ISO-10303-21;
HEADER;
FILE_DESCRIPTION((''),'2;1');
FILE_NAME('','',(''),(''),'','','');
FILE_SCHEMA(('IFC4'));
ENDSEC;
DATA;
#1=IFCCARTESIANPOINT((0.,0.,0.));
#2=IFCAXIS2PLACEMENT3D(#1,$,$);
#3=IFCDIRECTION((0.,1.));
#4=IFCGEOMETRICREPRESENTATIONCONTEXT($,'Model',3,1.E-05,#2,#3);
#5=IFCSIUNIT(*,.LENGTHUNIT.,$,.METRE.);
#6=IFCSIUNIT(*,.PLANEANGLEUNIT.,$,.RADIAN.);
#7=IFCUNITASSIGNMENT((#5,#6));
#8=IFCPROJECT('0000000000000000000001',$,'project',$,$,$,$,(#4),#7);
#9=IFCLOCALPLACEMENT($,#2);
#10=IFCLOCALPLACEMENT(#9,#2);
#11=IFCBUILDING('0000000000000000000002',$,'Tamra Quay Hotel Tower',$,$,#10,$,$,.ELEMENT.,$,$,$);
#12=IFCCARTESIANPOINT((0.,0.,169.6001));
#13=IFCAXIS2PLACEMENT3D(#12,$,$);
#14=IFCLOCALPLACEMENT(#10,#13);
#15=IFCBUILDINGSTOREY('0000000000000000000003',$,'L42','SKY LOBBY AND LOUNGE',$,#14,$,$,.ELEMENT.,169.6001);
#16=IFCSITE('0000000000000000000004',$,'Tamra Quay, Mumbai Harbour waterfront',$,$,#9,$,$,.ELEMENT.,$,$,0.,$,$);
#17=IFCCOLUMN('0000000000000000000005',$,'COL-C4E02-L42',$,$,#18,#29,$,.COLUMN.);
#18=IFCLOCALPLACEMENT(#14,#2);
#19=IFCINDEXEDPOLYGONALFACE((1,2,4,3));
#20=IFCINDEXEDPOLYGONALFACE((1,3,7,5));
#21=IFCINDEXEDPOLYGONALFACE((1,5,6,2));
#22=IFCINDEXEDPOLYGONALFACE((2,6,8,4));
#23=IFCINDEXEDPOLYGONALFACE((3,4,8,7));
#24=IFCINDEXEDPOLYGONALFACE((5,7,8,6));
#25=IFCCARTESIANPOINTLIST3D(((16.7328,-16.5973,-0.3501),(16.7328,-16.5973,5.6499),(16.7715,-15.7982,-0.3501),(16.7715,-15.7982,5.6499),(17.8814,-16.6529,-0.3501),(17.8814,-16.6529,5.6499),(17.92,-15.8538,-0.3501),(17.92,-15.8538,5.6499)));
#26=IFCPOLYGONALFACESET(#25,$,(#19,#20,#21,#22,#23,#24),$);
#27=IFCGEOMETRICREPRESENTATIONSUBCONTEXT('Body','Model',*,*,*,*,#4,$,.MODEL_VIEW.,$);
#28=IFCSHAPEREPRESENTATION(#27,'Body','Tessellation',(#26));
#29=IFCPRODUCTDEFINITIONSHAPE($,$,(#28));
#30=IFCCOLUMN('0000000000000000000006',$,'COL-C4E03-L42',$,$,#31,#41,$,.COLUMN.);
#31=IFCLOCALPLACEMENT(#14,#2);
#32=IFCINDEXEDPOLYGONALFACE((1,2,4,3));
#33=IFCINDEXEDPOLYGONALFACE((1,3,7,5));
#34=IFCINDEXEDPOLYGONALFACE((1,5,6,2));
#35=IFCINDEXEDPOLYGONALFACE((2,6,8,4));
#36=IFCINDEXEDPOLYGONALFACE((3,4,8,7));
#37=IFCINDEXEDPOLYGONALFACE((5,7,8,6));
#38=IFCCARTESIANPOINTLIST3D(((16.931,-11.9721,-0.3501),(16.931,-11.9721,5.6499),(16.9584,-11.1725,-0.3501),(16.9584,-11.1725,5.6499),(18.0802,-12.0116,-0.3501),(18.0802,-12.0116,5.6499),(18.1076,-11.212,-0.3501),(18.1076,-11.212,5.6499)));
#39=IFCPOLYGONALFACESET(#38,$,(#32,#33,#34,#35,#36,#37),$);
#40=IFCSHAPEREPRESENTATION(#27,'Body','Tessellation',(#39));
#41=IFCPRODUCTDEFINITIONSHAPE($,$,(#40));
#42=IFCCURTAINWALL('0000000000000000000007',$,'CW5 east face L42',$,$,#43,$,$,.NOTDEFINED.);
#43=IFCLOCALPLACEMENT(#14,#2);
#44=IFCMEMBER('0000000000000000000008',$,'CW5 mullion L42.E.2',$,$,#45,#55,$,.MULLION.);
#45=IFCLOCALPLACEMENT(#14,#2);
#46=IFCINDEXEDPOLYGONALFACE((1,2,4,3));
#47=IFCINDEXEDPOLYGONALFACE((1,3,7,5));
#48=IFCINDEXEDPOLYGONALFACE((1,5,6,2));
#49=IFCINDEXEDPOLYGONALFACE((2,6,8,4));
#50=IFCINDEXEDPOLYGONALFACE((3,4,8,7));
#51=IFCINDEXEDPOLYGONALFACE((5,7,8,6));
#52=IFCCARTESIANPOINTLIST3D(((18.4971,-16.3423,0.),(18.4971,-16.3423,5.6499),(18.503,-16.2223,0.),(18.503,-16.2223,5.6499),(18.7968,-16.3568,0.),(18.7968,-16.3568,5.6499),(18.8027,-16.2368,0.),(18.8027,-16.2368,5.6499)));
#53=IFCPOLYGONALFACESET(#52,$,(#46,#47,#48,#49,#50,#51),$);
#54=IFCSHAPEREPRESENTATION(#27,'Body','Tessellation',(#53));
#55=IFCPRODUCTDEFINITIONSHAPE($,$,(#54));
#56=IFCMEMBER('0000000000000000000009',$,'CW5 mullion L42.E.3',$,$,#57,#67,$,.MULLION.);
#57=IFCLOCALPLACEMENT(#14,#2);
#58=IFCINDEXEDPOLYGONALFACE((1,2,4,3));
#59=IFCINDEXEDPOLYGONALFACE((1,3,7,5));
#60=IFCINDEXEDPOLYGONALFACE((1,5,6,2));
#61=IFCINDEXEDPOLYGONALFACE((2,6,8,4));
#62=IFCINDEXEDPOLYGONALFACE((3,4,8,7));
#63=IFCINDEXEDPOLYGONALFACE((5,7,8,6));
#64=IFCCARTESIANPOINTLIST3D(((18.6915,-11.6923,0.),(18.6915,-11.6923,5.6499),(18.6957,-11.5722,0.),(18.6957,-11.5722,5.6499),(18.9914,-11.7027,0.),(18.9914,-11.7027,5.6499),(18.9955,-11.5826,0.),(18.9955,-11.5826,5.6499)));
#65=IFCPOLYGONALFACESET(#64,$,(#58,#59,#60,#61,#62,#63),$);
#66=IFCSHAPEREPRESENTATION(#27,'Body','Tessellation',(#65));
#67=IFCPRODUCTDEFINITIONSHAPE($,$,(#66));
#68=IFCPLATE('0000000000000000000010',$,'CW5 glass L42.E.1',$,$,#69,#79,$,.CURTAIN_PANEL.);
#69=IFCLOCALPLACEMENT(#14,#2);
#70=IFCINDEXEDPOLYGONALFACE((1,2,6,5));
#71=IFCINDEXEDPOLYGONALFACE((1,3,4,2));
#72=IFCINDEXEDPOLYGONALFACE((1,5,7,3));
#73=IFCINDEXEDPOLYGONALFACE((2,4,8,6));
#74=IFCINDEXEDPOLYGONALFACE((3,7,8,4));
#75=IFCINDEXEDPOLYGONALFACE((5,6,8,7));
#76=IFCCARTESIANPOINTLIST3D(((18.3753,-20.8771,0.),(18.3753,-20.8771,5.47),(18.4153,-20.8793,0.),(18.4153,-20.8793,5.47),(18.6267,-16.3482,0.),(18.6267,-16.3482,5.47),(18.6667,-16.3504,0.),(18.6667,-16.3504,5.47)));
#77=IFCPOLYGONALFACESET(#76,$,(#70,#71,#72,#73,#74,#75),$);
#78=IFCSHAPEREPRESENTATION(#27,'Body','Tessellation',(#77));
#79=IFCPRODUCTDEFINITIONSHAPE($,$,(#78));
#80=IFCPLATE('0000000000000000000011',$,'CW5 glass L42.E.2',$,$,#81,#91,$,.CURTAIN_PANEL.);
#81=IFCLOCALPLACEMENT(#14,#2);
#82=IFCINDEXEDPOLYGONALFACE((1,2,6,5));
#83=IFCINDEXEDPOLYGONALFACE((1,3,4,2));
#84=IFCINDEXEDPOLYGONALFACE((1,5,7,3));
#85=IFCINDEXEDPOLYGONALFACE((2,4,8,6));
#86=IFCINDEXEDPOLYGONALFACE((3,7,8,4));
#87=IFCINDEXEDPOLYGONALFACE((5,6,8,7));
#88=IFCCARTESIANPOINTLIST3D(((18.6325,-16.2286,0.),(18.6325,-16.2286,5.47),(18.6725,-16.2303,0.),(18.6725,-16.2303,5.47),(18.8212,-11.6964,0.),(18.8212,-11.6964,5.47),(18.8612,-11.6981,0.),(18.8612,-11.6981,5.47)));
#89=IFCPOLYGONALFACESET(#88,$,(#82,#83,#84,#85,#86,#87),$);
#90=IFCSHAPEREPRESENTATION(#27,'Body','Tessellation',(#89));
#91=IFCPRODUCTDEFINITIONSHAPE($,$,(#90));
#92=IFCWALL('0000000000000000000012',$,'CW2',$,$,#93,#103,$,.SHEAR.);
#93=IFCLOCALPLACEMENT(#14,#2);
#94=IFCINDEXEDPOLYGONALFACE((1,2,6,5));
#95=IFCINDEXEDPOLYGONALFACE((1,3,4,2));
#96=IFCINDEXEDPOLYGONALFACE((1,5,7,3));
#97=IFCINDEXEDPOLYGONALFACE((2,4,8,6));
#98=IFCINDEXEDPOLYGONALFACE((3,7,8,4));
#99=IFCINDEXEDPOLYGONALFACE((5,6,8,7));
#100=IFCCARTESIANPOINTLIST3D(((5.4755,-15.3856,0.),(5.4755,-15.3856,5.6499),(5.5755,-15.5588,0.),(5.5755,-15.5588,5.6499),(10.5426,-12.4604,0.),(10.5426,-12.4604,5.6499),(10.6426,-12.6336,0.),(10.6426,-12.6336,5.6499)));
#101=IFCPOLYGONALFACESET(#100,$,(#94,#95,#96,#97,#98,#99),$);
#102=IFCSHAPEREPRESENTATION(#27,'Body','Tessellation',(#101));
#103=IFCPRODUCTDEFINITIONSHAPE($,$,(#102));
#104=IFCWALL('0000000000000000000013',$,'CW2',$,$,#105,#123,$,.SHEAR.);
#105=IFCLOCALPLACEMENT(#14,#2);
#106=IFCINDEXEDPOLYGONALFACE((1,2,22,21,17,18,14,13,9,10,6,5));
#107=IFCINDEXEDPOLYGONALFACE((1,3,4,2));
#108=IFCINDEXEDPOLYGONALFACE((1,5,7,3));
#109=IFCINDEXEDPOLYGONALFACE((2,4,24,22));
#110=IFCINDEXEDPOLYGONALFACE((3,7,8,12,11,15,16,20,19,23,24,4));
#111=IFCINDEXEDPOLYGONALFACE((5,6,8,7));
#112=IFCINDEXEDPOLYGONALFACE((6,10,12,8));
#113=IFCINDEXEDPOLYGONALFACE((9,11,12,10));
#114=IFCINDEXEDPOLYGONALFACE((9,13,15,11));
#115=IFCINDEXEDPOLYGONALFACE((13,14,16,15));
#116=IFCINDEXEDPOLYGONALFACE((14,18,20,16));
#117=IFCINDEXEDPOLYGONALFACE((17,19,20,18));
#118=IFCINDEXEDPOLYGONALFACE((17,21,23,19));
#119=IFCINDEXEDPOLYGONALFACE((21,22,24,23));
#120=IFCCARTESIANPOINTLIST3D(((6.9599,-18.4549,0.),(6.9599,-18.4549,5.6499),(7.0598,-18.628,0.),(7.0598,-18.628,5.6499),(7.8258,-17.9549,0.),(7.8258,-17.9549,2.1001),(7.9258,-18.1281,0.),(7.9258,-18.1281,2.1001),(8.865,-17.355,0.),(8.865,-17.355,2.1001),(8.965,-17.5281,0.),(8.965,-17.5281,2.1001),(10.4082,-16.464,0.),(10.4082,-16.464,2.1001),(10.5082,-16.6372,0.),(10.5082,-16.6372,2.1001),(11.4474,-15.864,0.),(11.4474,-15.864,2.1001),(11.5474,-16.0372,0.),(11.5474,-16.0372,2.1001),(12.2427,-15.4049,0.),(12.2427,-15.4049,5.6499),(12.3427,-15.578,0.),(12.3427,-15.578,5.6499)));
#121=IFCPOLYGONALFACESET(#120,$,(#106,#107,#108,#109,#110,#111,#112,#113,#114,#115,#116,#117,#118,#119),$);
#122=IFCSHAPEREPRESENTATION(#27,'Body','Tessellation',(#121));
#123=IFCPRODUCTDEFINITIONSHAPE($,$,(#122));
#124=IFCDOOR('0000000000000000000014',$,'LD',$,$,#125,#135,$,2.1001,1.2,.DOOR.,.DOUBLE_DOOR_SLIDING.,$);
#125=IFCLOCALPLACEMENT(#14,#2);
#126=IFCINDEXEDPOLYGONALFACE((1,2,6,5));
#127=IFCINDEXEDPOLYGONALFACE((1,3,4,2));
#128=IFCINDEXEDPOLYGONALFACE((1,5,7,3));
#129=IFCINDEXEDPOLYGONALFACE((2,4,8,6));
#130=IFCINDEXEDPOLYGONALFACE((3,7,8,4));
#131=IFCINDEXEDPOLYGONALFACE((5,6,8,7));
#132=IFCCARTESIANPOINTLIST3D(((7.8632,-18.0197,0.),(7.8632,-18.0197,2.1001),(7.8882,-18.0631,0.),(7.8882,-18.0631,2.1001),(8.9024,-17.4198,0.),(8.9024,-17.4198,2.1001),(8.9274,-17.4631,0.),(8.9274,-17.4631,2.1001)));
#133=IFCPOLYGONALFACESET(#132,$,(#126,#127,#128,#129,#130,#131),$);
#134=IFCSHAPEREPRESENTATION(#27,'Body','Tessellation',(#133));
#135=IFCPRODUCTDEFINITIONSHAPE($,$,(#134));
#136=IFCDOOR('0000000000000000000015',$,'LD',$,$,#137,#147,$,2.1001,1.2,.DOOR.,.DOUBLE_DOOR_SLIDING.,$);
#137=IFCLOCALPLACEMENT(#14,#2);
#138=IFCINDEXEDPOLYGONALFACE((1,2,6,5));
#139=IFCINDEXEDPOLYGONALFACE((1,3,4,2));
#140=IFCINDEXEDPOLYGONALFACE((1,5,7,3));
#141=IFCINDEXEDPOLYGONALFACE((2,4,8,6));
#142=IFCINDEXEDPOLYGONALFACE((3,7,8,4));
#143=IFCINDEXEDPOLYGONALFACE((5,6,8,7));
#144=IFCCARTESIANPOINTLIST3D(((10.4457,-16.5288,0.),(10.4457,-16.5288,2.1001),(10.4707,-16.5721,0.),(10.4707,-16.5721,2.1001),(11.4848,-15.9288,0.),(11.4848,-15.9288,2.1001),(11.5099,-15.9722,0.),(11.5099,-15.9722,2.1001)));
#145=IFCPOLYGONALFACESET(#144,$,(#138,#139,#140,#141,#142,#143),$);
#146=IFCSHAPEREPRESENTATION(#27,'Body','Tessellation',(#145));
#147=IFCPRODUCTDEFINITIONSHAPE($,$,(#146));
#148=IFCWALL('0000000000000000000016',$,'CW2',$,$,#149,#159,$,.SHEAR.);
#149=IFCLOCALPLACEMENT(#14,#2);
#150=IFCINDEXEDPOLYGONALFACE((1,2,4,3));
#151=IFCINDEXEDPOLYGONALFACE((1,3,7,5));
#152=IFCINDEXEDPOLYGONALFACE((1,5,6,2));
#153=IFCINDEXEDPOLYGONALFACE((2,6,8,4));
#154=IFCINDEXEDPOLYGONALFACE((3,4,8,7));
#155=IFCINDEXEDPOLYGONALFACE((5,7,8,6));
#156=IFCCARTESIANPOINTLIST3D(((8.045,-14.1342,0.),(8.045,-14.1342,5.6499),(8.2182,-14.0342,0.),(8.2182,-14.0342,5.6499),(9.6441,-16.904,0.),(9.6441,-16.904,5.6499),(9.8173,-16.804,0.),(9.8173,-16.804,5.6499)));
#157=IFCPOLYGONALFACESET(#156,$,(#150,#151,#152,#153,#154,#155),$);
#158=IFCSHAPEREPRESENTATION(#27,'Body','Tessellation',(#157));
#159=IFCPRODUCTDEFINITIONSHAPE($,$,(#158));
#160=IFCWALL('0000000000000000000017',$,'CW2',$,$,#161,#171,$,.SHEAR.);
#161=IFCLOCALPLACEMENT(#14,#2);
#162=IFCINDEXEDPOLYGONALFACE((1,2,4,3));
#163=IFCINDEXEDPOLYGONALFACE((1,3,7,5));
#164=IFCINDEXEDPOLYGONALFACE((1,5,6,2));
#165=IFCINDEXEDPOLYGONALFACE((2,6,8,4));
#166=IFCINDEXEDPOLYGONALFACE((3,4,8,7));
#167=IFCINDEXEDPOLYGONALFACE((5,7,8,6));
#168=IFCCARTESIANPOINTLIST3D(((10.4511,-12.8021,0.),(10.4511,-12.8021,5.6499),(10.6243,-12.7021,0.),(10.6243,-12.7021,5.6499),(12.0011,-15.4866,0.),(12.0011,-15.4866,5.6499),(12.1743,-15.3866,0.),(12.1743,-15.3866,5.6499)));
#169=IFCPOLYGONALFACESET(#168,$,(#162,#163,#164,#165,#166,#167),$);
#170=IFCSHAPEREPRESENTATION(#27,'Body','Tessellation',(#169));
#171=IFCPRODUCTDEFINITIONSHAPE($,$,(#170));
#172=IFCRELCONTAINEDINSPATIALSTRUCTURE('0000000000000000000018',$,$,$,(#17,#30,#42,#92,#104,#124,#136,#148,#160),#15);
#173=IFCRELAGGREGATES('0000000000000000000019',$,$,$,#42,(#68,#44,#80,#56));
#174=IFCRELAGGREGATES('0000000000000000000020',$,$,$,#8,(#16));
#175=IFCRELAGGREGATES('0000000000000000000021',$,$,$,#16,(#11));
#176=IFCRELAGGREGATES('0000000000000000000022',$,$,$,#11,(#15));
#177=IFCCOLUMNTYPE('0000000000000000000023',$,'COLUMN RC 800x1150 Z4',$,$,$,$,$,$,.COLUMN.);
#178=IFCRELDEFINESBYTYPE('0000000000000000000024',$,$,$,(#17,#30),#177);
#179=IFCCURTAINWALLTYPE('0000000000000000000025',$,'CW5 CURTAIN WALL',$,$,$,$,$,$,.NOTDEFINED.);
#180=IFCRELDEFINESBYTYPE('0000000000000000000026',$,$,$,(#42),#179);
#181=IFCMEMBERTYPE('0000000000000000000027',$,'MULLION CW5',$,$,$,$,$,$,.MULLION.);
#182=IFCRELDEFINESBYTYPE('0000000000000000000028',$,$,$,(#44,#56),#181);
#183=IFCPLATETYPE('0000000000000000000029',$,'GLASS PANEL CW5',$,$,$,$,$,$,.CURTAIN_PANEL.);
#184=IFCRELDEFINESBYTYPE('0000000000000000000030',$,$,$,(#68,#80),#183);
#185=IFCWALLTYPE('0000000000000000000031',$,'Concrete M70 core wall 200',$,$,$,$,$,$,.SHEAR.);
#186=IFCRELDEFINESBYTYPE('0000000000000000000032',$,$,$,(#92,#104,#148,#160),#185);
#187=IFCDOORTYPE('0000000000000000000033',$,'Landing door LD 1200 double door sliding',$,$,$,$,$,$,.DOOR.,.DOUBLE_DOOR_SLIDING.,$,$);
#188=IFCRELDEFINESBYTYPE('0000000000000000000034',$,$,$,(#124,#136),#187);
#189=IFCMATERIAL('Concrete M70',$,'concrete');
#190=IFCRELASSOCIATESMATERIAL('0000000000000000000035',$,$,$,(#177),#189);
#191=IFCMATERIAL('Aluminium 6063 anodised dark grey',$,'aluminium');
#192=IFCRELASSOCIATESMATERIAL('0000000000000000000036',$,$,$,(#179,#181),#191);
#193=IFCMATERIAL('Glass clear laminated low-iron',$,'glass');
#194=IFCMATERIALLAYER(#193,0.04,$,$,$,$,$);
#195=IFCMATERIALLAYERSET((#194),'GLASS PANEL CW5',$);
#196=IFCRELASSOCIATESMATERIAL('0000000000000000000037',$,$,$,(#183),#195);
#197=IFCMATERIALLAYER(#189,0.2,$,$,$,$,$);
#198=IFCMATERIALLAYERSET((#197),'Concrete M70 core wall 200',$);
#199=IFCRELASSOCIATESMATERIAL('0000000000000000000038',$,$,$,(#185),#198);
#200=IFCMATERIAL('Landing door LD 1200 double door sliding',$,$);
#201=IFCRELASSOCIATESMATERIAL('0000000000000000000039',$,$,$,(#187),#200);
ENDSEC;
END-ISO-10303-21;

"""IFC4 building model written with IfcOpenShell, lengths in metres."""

from ifc_helpers import new_model, si_unit, direction, frame, frame_2d, origin, origin_2d, place, context, subcontext, project, spatial, rectangle, extrude, material, layer, layer_set, material_profile, profile_set, type_object, element, fill, aggregate, save


model = new_model("IFC4")

# Units and contexts
model_context = context("Model", 3, precision=1e-05, world=origin(), true_north=direction((0.0, 1.0)))
body_context = subcontext(model_context, "Body", "Model", "MODEL_VIEW")
ifc_project = project(units=[si_unit("LENGTHUNIT", "METRE"), si_unit("PLANEANGLEUNIT", "RADIAN")], contexts=[model_context])

# Site, building, storey
site_placement = place(None, origin())
site = spatial("IfcSite", under=ifc_project, at=site_placement, Name="Tamra Quay, Mumbai Harbour waterfront", CompositionType="ELEMENT", RefElevation=0.0)
building_placement = place(site_placement, origin())
building = spatial("IfcBuilding", under=site, at=building_placement, Name="Tamra Quay Hotel Tower", CompositionType="ELEMENT")
storey_placement = place(building_placement, frame((0.0, 0.0, 169.6001)))
storey = spatial("IfcBuildingStorey", under=building, at=storey_placement, Name="L42", Description="SKY LOBBY AND LOUNGE", CompositionType="ELEMENT", Elevation=169.6001)

# Columns
ifc_material_1 = material(Name="Concrete M70", Category="concrete")
ifc_material_profile_1 = material_profile(ifc_material_1, rectangle(XDim=1.1499, YDim=0.8, at=origin_2d()), Name="COLUMN RC 800x1150 Z4")
ifc_profile_set_1 = profile_set([ifc_material_profile_1], Name="Concrete M70")
column_type = type_object("IfcColumnType", Name="COLUMN RC 800x1150 Z4", PredefinedType="COLUMN", material=ifc_profile_set_1)
for number, where, z_axis, x_axis, name in (
    (1, (17.3264, -16.2256, -0.3501), (0.0, 0.0, 1.0), (-0.998831, 0.048344, 0.0), "COL-C4E02-L42"),
    (2, (17.5193, -11.592, -0.3501), (0.0, 0.0, 1.0), (-0.999412, 0.034299, 0.0), "COL-C4E03-L42"),
):
    element("IfcColumn", number, at=place(storey_placement, frame(where, z_axis=z_axis, x_axis=x_axis)), inside=storey, type_object=column_type, Name=name, PredefinedType="COLUMN", context=body_context, shape_type="SweptSolid", body=[
        extrude(rectangle(XDim=1.1499, YDim=0.8, at=origin_2d()), origin(), (0.0, 0.0, 1.0), 6.0),
    ])

# Curtain wall, members, plates
ifc_material_2 = material(Name="Aluminium 6063 anodised dark grey", Category="aluminium")
curtain_wall_type = type_object("IfcCurtainWallType", Name="CW5 CURTAIN WALL", PredefinedType="NOTDEFINED", material=ifc_material_2)
curtain_wall_placement = place(storey_placement, origin())
curtain_wall = element("IfcCurtainWall", 3, at=curtain_wall_placement, inside=storey, type_object=curtain_wall_type, Name="CW5 east face L42", PredefinedType="NOTDEFINED")
ifc_material_profile_2 = material_profile(ifc_material_2, rectangle(XDim=0.3, YDim=0.1201, at=origin_2d()), Name="MULLION 120X300")
ifc_profile_set_2 = profile_set([ifc_material_profile_2], Name="Aluminium 6063 anodised dark grey")
member_type = type_object("IfcMemberType", Name="MULLION CW5", PredefinedType="MULLION", material=ifc_profile_set_2)
member_1_placement = place(storey_placement, frame((18.6499, -16.2896, 0.0), z_axis=(0.0, 0.0, 1.0), x_axis=(0.998823, -0.04851, 0.0)))
member_1 = element("IfcMember", 4, at=member_1_placement, type_object=member_type, Name="CW5 mullion L42.E.2", PredefinedType="MULLION", context=body_context, shape_type="SweptSolid", body=[
    extrude(rectangle(XDim=0.3, YDim=0.1201, at=origin_2d()), origin(), (0.0, 0.0, 1.0), 5.6499),
])
member_2_placement = place(storey_placement, frame((18.8435, -11.6375, 0.0), z_axis=(0.0, 0.0, 1.0), x_axis=(0.999399, -0.034678, 0.0)))
member_2 = element("IfcMember", 5, at=member_2_placement, type_object=member_type, Name="CW5 mullion L42.E.3", PredefinedType="MULLION", context=body_context, shape_type="SweptSolid", body=[
    extrude(rectangle(XDim=0.3, YDim=0.1201, at=origin_2d()), origin(), (0.0, 0.0, 1.0), 5.6499),
])
ifc_material_3 = material(Name="Glass clear laminated low-iron", Category="glass")
ifc_layer_1 = layer(ifc_material_3, 0.04)
ifc_layer_set_1 = layer_set([ifc_layer_1], Name="GLASS PANEL CW5")
plate_type = type_object("IfcPlateType", Name="GLASS PANEL CW5", PredefinedType="CURTAIN_PANEL", material=ifc_layer_set_1)
plate_1_placement = place(storey_placement, frame((18.521, -18.6138, 0.0), z_axis=(0.0, 0.0, 1.0), x_axis=(0.055417, 0.998463, 0.0)))
plate_1 = element("IfcPlate", 6, at=plate_1_placement, type_object=plate_type, Name="CW5 glass L42.E.1", PredefinedType="CURTAIN_PANEL", context=body_context, shape_type="SweptSolid", body=[
    extrude(rectangle(XDim=4.5359, YDim=0.04, at=origin_2d()), origin(), (0.0, 0.0, 1.0), 5.47),
])
plate_2_placement = place(storey_placement, frame((18.7468, -13.9634, 0.0), z_axis=(0.0, 0.0, 1.0), x_axis=(0.0416, 0.999134, 0.0)))
plate_2 = element("IfcPlate", 7, at=plate_2_placement, type_object=plate_type, Name="CW5 glass L42.E.2", PredefinedType="CURTAIN_PANEL", context=body_context, shape_type="SweptSolid", body=[
    extrude(rectangle(XDim=4.5361, YDim=0.04, at=origin_2d()), origin(), (0.0, 0.0, 1.0), 5.47),
])
aggregate(curtain_wall, [plate_1, member_1, plate_2, member_2])

# Wall
ifc_layer_2 = layer(ifc_material_1, 0.2)
ifc_layer_set_2 = layer_set([ifc_layer_2], Name="Concrete M70 core wall 200")
wall_type_1 = type_object("IfcWallType", Name="Concrete M70 core wall 200", PredefinedType="SHEAR", material=ifc_layer_set_2)
wall_1_placement = place(storey_placement, frame((5.5256, -15.4722, 0.0), z_axis=(0.0, 0.0, 1.0), x_axis=(0.866042, 0.499972, 0.0)))
element("IfcWall", 8, at=wall_1_placement, inside=storey, type_object=wall_type_1, Name="CW2", PredefinedType="SHEAR", context=body_context, shape_type="SweptSolid", body=[
    extrude(rectangle(XDim=5.8508, YDim=0.2, at=frame_2d((2.9253, 0.0))), origin(), (0.0, 0.0, 1.0), 5.6499),
])

# Wall, openings, doors
wall_2_placement = place(storey_placement, frame((12.2927, -15.4915, 0.0), z_axis=(0.0, 0.0, 1.0), x_axis=(-0.86603, -0.499992, 0.0)))
wall_2 = element("IfcWall", 9, at=wall_2_placement, inside=storey, type_object=wall_type_1, Name="CW2", PredefinedType="SHEAR", context=body_context, shape_type="SweptSolid", body=[
    extrude(rectangle(XDim=6.1001, YDim=0.2, at=frame_2d((3.05, 0.0))), origin(), (0.0, 0.0, 1.0), 5.6499),
])
opening_1_placement = place(wall_2_placement, frame((3.9001, 0.0, 0.0)))
opening_1 = element("IfcOpeningElement", 10, at=opening_1_placement, cuts=wall_2, PredefinedType="OPENING", context=body_context, shape_type="SweptSolid", body=[
    extrude(rectangle(XDim=1.2, YDim=2.1001, at=frame_2d((0.6001, 1.05))), frame((0.0, 0.1099, 0.0), z_axis=(0.0, -1.0, 0.0), x_axis=(1.0, 0.0, 0.0)), (0.0, 0.0, 1.0), 0.22),
])
opening_2_placement = place(wall_2_placement, frame((0.9182, 0.0, 0.0)))
opening_2 = element("IfcOpeningElement", 11, at=opening_2_placement, cuts=wall_2, PredefinedType="OPENING", context=body_context, shape_type="SweptSolid", body=[
    extrude(rectangle(XDim=1.2, YDim=2.1001, at=frame_2d((0.6001, 1.05))), frame((0.0, 0.1099, 0.0), z_axis=(0.0, -1.0, 0.0), x_axis=(1.0, 0.0, 0.0)), (0.0, 0.0, 1.0), 0.22),
])
ifc_material_4 = material(Name="Landing door LD 1200 double door sliding")
door_type_1 = type_object("IfcDoorType", Name="Landing door LD 1200 double door sliding", OperationType="DOUBLE_DOOR_SLIDING", PredefinedType="DOOR", material=ifc_material_4)
door_1_placement = place(opening_1_placement, origin())
door_1 = element("IfcDoor", 12, at=door_1_placement, inside=storey, type_object=door_type_1, Name="LD", OperationType="DOUBLE_DOOR_SLIDING", OverallHeight=2.1001, OverallWidth=1.2, PredefinedType="DOOR", context=body_context, shape_type="SweptSolid", body=[
    extrude(rectangle(XDim=1.2, YDim=2.1001, at=frame_2d((0.6001, 1.05))), frame((0.0, 0.0249, 0.0), z_axis=(0.0, -1.0, 0.0), x_axis=(1.0, 0.0, 0.0)), (0.0, 0.0, 1.0), 0.05),
])
fill(opening_1, door_1)
door_2_placement = place(opening_2_placement, origin())
door_2 = element("IfcDoor", 13, at=door_2_placement, inside=storey, type_object=door_type_1, Name="LD", OperationType="DOUBLE_DOOR_SLIDING", OverallHeight=2.1001, OverallWidth=1.2, PredefinedType="DOOR", context=body_context, shape_type="SweptSolid", body=[
    extrude(rectangle(XDim=1.2, YDim=2.1001, at=frame_2d((0.6001, 1.05))), frame((0.0, 0.0249, 0.0), z_axis=(0.0, -1.0, 0.0), x_axis=(1.0, 0.0, 0.0)), (0.0, 0.0, 1.0), 0.05),
])
fill(opening_2, door_2)

# Walls
wall_3_placement = place(storey_placement, frame((8.1316, -14.0842, 0.0), z_axis=(0.0, 0.0, 1.0), x_axis=(0.499998, -0.866027, 0.0)))
element("IfcWall", 14, at=wall_3_placement, inside=storey, type_object=wall_type_1, Name="CW2", PredefinedType="SHEAR", context=body_context, shape_type="SweptSolid", body=[
    extrude(rectangle(XDim=3.1982, YDim=0.2, at=frame_2d((1.5991, 0.0))), origin(), (0.0, 0.0, 1.0), 5.6499),
])
wall_4_placement = place(storey_placement, frame((12.0876, -15.4365, 0.0), z_axis=(0.0, 0.0, 1.0), x_axis=(-0.500027, 0.86601, 0.0)))
element("IfcWall", 15, at=wall_4_placement, inside=storey, type_object=wall_type_1, Name="CW2", PredefinedType="SHEAR", context=body_context, shape_type="SweptSolid", body=[
    extrude(rectangle(XDim=3.0999, YDim=0.2, at=frame_2d((1.5498, 0.0))), origin(), (0.0, 0.0, 1.0), 5.6499),
])

save(model, "model.ifc")
